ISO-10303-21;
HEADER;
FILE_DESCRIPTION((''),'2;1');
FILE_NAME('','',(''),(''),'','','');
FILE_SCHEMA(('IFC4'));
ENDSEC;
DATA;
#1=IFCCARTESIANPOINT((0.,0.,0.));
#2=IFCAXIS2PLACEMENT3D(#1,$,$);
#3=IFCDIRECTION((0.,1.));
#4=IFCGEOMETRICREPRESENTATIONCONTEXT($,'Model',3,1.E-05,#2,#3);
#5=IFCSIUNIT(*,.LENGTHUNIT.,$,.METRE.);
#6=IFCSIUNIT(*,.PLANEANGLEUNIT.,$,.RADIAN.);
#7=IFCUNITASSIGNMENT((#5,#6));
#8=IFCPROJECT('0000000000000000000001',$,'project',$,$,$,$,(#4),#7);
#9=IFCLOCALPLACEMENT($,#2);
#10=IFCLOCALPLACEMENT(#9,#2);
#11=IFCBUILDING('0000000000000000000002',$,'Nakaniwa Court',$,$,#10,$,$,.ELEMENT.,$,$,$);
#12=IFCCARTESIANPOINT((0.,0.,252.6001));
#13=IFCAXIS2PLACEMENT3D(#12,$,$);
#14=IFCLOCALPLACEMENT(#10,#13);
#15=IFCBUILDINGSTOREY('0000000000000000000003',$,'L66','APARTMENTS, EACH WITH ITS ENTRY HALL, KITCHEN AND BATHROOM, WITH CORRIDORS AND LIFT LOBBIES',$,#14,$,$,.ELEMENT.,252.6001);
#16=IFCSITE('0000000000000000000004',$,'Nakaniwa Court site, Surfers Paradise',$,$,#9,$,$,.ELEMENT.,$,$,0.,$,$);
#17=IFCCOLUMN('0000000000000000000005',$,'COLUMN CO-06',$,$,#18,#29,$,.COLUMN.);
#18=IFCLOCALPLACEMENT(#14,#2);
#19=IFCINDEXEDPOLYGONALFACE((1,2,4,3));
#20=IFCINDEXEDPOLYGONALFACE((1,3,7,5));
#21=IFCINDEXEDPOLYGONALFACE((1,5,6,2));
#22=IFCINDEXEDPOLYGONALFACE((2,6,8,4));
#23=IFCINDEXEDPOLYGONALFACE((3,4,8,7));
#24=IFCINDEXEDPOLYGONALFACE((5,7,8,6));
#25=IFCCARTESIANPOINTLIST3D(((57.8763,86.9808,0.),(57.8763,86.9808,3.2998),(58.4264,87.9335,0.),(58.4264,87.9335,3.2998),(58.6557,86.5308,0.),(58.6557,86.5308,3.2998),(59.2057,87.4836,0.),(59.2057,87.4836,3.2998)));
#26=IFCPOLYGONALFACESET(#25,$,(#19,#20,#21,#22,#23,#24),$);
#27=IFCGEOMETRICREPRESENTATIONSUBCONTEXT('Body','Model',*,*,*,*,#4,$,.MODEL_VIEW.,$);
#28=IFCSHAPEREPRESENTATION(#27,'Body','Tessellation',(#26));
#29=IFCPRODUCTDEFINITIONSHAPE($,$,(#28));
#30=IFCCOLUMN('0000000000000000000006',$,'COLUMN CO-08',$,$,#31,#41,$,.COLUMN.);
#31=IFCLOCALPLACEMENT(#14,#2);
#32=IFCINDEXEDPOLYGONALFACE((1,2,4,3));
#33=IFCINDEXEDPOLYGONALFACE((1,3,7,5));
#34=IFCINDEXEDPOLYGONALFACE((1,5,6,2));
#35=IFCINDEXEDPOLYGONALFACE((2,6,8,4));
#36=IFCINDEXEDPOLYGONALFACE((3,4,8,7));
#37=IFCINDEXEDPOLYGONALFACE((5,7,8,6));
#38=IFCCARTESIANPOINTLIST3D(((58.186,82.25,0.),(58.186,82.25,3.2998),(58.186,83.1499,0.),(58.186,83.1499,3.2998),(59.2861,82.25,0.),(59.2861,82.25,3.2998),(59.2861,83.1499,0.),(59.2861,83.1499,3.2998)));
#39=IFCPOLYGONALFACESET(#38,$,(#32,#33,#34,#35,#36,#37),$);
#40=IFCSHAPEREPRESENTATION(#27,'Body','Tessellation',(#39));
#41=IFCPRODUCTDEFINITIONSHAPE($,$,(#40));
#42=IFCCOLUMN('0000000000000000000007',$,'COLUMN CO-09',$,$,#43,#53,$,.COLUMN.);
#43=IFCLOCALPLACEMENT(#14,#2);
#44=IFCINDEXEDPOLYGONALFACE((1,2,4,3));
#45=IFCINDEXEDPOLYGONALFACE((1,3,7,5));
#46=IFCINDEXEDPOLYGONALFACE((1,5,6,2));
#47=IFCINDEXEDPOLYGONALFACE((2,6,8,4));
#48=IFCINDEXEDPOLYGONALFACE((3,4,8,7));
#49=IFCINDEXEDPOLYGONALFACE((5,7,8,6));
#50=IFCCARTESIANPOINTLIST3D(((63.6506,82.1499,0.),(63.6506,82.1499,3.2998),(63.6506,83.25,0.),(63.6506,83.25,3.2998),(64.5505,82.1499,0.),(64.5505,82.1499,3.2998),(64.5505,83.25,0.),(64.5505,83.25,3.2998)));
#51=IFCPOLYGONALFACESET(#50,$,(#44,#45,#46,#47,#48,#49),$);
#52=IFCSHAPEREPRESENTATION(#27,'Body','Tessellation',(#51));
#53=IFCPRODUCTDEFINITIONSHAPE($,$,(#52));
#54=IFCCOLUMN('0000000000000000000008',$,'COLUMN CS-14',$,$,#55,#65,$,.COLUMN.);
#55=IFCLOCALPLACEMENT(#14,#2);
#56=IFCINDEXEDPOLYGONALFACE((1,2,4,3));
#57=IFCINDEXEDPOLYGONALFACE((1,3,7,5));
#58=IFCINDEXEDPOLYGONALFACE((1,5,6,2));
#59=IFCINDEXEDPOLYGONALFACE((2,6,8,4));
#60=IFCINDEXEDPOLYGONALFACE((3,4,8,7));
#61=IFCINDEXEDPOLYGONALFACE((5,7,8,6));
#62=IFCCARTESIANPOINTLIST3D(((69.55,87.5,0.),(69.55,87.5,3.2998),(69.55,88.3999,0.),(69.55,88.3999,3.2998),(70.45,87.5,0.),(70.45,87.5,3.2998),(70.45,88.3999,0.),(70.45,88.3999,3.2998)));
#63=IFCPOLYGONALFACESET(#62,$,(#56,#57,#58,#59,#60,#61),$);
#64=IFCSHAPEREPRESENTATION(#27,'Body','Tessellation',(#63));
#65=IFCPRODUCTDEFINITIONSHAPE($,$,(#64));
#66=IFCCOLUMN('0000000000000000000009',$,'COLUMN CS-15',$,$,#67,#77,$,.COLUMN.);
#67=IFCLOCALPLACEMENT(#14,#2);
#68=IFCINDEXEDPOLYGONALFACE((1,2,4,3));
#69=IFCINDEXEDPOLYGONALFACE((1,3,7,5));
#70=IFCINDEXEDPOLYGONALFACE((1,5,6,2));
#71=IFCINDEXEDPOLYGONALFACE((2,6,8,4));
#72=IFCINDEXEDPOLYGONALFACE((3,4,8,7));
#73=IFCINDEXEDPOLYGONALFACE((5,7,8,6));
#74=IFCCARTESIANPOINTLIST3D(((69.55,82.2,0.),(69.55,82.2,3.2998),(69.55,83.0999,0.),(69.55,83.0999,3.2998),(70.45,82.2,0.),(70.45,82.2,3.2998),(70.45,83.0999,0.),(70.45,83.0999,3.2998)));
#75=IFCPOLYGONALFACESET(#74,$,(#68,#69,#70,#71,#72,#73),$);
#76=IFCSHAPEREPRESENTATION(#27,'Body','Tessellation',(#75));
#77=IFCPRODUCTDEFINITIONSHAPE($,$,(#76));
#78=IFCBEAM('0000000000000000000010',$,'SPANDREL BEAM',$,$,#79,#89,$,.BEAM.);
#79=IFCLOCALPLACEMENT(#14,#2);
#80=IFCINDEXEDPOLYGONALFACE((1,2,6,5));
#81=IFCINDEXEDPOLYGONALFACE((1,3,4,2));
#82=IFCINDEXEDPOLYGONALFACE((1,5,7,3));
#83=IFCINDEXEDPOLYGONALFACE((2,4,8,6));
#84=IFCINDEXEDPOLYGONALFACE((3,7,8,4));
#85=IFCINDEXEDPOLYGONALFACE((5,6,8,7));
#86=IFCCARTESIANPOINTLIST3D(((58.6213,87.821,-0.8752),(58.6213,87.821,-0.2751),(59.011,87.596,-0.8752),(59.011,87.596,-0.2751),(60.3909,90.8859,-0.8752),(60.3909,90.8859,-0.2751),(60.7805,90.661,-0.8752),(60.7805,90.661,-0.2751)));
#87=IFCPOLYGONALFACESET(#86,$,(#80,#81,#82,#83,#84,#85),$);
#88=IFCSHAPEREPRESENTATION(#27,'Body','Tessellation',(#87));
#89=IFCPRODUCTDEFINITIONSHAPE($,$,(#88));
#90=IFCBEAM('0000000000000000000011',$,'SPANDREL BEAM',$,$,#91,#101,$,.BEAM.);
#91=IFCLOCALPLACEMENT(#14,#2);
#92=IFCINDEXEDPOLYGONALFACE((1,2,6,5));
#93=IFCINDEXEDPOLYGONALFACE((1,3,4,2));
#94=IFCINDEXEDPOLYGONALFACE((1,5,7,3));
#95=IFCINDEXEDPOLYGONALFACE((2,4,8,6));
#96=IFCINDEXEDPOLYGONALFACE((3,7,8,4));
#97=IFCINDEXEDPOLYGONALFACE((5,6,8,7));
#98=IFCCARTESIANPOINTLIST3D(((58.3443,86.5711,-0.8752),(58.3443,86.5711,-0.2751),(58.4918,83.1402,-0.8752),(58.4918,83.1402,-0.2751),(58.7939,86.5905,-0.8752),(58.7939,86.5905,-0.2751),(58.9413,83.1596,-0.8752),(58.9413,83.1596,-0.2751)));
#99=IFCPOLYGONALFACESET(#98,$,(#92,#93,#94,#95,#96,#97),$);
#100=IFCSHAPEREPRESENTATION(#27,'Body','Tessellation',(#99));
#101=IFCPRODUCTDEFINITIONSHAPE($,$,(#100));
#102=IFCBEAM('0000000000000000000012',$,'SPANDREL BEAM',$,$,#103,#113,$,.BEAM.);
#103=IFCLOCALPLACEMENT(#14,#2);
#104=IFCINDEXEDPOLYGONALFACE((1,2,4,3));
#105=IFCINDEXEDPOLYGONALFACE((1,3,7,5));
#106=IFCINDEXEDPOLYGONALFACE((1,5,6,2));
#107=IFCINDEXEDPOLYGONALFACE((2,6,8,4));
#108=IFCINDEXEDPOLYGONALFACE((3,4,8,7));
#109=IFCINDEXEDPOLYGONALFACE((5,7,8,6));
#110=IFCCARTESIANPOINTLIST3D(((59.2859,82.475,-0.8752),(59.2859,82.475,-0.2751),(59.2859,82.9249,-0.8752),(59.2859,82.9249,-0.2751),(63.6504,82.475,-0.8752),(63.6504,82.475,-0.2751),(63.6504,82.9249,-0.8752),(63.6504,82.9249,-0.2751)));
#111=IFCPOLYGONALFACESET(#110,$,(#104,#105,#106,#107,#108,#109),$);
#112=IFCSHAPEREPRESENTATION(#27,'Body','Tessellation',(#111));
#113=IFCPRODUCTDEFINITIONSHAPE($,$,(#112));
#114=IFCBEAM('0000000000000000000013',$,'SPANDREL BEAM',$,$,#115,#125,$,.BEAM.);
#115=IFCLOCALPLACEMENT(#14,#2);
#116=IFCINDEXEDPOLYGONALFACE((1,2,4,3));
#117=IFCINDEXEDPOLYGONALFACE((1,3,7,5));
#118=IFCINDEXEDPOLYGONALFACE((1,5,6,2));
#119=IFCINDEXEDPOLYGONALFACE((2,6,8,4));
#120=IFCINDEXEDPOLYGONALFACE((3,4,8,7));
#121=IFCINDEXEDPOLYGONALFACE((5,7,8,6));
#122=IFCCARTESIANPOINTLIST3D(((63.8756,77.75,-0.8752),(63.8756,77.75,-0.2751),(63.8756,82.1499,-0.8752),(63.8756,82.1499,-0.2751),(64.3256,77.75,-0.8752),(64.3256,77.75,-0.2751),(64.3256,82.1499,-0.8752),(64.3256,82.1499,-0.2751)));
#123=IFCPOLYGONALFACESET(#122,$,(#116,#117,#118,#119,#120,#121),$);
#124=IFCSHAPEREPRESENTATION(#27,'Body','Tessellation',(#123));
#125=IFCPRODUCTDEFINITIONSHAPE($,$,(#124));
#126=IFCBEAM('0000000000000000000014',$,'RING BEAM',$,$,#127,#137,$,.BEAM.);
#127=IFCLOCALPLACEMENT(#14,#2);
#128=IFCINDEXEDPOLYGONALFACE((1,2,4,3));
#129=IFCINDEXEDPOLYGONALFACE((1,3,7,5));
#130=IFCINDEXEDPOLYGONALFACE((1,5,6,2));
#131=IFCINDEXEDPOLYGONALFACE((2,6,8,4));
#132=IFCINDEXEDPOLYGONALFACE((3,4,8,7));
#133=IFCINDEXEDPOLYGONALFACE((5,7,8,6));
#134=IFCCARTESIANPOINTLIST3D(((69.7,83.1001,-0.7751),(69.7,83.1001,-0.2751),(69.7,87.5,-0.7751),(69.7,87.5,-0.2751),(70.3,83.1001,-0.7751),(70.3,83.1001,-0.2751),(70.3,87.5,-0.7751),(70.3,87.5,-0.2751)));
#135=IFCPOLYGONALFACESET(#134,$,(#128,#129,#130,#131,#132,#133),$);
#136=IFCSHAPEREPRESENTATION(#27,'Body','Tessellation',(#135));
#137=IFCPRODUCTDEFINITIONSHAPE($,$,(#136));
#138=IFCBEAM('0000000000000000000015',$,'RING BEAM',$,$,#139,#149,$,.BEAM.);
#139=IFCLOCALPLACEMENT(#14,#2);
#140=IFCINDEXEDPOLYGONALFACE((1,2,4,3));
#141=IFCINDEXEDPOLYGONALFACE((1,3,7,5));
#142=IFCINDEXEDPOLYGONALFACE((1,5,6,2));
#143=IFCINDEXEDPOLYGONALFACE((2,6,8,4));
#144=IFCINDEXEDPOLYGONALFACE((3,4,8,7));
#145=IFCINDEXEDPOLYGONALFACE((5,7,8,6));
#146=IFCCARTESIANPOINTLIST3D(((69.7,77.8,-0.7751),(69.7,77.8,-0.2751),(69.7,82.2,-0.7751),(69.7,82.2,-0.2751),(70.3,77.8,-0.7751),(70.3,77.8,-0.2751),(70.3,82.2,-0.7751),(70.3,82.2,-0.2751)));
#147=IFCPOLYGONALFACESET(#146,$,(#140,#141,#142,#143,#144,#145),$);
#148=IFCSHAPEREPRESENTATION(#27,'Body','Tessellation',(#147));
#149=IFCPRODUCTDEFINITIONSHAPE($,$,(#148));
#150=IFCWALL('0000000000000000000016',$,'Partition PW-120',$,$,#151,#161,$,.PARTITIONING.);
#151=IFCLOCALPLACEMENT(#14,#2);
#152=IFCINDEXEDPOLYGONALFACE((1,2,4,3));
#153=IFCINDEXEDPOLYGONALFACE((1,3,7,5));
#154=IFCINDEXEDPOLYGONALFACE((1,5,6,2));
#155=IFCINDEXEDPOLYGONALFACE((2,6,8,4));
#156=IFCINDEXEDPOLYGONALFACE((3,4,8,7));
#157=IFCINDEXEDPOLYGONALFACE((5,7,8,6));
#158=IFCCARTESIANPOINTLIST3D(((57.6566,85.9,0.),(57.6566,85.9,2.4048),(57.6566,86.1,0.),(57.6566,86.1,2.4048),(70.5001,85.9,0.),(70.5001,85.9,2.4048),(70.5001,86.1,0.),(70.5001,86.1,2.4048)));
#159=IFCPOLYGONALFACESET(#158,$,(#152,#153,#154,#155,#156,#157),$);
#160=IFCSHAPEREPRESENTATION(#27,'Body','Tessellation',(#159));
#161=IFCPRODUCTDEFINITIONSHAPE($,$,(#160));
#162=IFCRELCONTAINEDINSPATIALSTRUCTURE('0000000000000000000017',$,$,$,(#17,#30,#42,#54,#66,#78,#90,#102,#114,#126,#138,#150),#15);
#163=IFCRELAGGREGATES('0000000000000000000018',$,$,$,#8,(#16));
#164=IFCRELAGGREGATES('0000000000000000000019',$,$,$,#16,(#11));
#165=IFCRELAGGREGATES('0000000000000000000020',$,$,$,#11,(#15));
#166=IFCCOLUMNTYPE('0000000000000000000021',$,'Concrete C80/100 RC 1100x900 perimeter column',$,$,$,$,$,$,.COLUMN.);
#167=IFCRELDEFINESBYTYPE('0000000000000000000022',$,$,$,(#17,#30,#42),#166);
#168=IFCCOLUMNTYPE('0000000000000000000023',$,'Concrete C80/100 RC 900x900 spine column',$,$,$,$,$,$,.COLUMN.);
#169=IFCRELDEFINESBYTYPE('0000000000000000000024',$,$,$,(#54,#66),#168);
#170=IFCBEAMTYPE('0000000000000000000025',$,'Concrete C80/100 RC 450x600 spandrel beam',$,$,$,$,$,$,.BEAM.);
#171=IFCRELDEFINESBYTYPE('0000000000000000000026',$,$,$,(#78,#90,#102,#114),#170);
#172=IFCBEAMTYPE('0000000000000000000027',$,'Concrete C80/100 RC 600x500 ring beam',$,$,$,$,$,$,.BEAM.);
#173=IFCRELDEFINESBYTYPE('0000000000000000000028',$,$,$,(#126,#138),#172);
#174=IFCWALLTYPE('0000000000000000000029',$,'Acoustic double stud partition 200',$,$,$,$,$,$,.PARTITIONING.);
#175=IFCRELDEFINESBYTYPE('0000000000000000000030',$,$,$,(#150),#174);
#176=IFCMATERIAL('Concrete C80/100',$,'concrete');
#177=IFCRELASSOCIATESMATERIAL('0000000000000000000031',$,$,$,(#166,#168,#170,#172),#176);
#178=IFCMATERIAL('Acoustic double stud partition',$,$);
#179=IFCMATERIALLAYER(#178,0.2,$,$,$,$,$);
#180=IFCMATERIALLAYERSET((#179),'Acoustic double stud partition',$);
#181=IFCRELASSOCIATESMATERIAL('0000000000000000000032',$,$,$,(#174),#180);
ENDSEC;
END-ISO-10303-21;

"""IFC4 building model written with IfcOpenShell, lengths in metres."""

from ifc_helpers import new_model, si_unit, direction, frame, frame_2d, origin, origin_2d, place, context, subcontext, project, spatial, rectangle, extrude, material, layer, layer_set, material_profile, profile_set, type_object, element, save


model = new_model("IFC4")

# Units and contexts
model_context = context("Model", 3, precision=1e-05, world=origin(), true_north=direction((0.0, 1.0)))
body_context = subcontext(model_context, "Body", "Model", "MODEL_VIEW")
ifc_project = project(units=[si_unit("LENGTHUNIT", "METRE"), si_unit("PLANEANGLEUNIT", "RADIAN")], contexts=[model_context])

# Site, building, storey
site_placement = place(None, origin())
site = spatial("IfcSite", under=ifc_project, at=site_placement, Name="Nakaniwa Court site, Surfers Paradise", CompositionType="ELEMENT", RefElevation=0.0)
building_placement = place(site_placement, origin())
building = spatial("IfcBuilding", under=site, at=building_placement, Name="Nakaniwa Court", CompositionType="ELEMENT")
storey_placement = place(building_placement, frame((0.0, 0.0, 252.6001)))
storey = spatial("IfcBuildingStorey", under=building, at=storey_placement, Name="L66", Description="APARTMENTS, EACH WITH ITS ENTRY HALL, KITCHEN AND BATHROOM, WITH CORRIDORS AND LIFT LOBBIES", CompositionType="ELEMENT", Elevation=252.6001)

# Columns
ifc_material_1 = material(Name="Concrete C80/100", Category="concrete")
ifc_material_profile_1 = material_profile(ifc_material_1, rectangle(XDim=1.1001, YDim=0.8999, at=origin_2d()), Name="Concrete C80/100 RC 1100x900 perimeter column")
ifc_profile_set_1 = profile_set([ifc_material_profile_1], Name="Concrete C80/100")
column_type_1 = type_object("IfcColumnType", Name="Concrete C80/100 RC 1100x900 perimeter column", PredefinedType="COLUMN", material=ifc_profile_set_1)
for number, where, z_axis, x_axis, name in (
    (1, (58.541, 87.2322, 0.0), (0.0, 0.0, 1.0), (-0.5, -0.866025, 0.0), "COLUMN CO-06"),
    (2, (58.7361, 82.7, 0.0), (0.0, 0.0, 1.0), (1.0, 0.0, 0.0), "COLUMN CO-08"),
    (3, (64.1006, 82.7, 0.0), (0.0, 0.0, 1.0), (0.0, -1.0, 0.0), "COLUMN CO-09"),
):
    element("IfcColumn", number, at=place(storey_placement, frame(where, z_axis=z_axis, x_axis=x_axis)), inside=storey, type_object=column_type_1, Name=name, PredefinedType="COLUMN", context=body_context, shape_type="SweptSolid", body=[
        extrude(rectangle(XDim=1.1001, YDim=0.8999, at=origin_2d()), origin(), (0.0, 0.0, 1.0), 3.2998),
    ])
ifc_material_profile_2 = material_profile(ifc_material_1, rectangle(XDim=0.8999, YDim=0.8999, at=origin_2d()), Name="Concrete C80/100 RC 900x900 spine column")
ifc_profile_set_2 = profile_set([ifc_material_profile_2], Name="Concrete C80/100")
column_type_2 = type_object("IfcColumnType", Name="Concrete C80/100 RC 900x900 spine column", PredefinedType="COLUMN", material=ifc_profile_set_2)
for number, where, z_axis, x_axis, name in (
    (4, (70.0, 87.95, 0.0), (0.0, 0.0, 1.0), (0.0, -1.0, 0.0), "COLUMN CS-14"),
    (5, (70.0, 82.6499, 0.0), (0.0, 0.0, 1.0), (0.0, -1.0, 0.0), "COLUMN CS-15"),
):
    element("IfcColumn", number, at=place(storey_placement, frame(where, z_axis=z_axis, x_axis=x_axis)), inside=storey, type_object=column_type_2, Name=name, PredefinedType="COLUMN", context=body_context, shape_type="SweptSolid", body=[
        extrude(rectangle(XDim=0.8999, YDim=0.8999, at=origin_2d()), origin(), (0.0, 0.0, 1.0), 3.2998),
    ])

# Beams
ifc_material_profile_3 = material_profile(ifc_material_1, rectangle(XDim=0.45, YDim=0.6001, at=origin_2d()), Name="Concrete C80/100 RC 450x600 spandrel beam")
ifc_profile_set_3 = profile_set([ifc_material_profile_3], Name="Concrete C80/100")
beam_type_1 = type_object("IfcBeamType", Name="Concrete C80/100 RC 450x600 spandrel beam", PredefinedType="BEAM", material=ifc_profile_set_3)
beam_1_placement = place(storey_placement, frame((60.5857, 90.7734, -0.5752), z_axis=(-0.499997, -0.866027, 0.0), x_axis=(0.866027, -0.499997, 0.0)))
element("IfcBeam", 6, at=beam_1_placement, inside=storey, type_object=beam_type_1, Name="SPANDREL BEAM", PredefinedType="BEAM", context=body_context, shape_type="SweptSolid", body=[
    extrude(rectangle(XDim=0.45, YDim=0.6001, at=origin_2d()), origin(), (0.0, 0.0, 1.0), 3.5391),
])
beam_2_placement = place(storey_placement, frame((58.5691, 86.5808, -0.5752), z_axis=(0.042941, -0.999078, 0.0), x_axis=(0.999078, 0.042941, 0.0)))
element("IfcBeam", 7, at=beam_2_placement, inside=storey, type_object=beam_type_1, Name="SPANDREL BEAM", PredefinedType="BEAM", context=body_context, shape_type="SweptSolid", body=[
    extrude(rectangle(XDim=0.45, YDim=0.6001, at=origin_2d()), origin(), (0.0, 0.0, 1.0), 3.4341),
])
beam_3_placement = place(storey_placement, frame((59.2859, 82.7, -0.5752), z_axis=(1.0, 0.0, 0.0), x_axis=(0.0, 1.0, 0.0)))
element("IfcBeam", 8, at=beam_3_placement, inside=storey, type_object=beam_type_1, Name="SPANDREL BEAM", PredefinedType="BEAM", context=body_context, shape_type="SweptSolid", body=[
    extrude(rectangle(XDim=0.45, YDim=0.6001, at=origin_2d()), origin(), (0.0, 0.0, 1.0), 4.3645),
])
beam_4_placement = place(storey_placement, frame((64.1006, 82.1499, -0.5752), z_axis=(0.0, -1.0, 0.0), x_axis=(1.0, 0.0, 0.0)))
element("IfcBeam", 9, at=beam_4_placement, inside=storey, type_object=beam_type_1, Name="SPANDREL BEAM", PredefinedType="BEAM", context=body_context, shape_type="SweptSolid", body=[
    extrude(rectangle(XDim=0.45, YDim=0.6001, at=origin_2d()), origin(), (0.0, 0.0, 1.0), 4.3999),
])
ifc_material_profile_4 = material_profile(ifc_material_1, rectangle(XDim=0.6001, YDim=0.5, at=origin_2d()), Name="Concrete C80/100 RC 600x500 ring beam")
ifc_profile_set_4 = profile_set([ifc_material_profile_4], Name="Concrete C80/100")
beam_type_2 = type_object("IfcBeamType", Name="Concrete C80/100 RC 600x500 ring beam", PredefinedType="BEAM", material=ifc_profile_set_4)
for number, where, z_axis, x_axis, name in (
    (10, (70.0, 87.5, -0.5251), (0.0, -1.0, 0.0), (1.0, 0.0, 0.0), "RING BEAM"),
    (11, (70.0, 82.2, -0.5251), (0.0, -1.0, 0.0), (1.0, 0.0, 0.0), "RING BEAM"),
):
    element("IfcBeam", number, at=place(storey_placement, frame(where, z_axis=z_axis, x_axis=x_axis)), inside=storey, type_object=beam_type_2, Name=name, PredefinedType="BEAM", context=body_context, shape_type="SweptSolid", body=[
        extrude(rectangle(XDim=0.6001, YDim=0.5, at=origin_2d()), origin(), (0.0, 0.0, 1.0), 4.3999),
    ])

# Wall
ifc_material_2 = material(Name="Acoustic double stud partition")
ifc_layer_1 = layer(ifc_material_2, 0.2)
ifc_layer_set_1 = layer_set([ifc_layer_1], Name="Acoustic double stud partition")
wall_type_1 = type_object("IfcWallType", Name="Acoustic double stud partition 200", PredefinedType="PARTITIONING", material=ifc_layer_set_1)
wall_1_placement = place(storey_placement, frame((57.6565, 86.0, 0.0), z_axis=(0.0, 0.0, 1.0), x_axis=(1.0, 0.0, 0.0)))
element("IfcWall", 12, at=wall_1_placement, inside=storey, type_object=wall_type_1, Name="Partition PW-120", PredefinedType="PARTITIONING", context=body_context, shape_type="SweptSolid", body=[
    extrude(rectangle(XDim=12.8435, YDim=0.2, at=frame_2d((6.4219, 0.0))), origin(), (0.0, 0.0, 1.0), 2.4048),
])

save(model, "model.ifc")
